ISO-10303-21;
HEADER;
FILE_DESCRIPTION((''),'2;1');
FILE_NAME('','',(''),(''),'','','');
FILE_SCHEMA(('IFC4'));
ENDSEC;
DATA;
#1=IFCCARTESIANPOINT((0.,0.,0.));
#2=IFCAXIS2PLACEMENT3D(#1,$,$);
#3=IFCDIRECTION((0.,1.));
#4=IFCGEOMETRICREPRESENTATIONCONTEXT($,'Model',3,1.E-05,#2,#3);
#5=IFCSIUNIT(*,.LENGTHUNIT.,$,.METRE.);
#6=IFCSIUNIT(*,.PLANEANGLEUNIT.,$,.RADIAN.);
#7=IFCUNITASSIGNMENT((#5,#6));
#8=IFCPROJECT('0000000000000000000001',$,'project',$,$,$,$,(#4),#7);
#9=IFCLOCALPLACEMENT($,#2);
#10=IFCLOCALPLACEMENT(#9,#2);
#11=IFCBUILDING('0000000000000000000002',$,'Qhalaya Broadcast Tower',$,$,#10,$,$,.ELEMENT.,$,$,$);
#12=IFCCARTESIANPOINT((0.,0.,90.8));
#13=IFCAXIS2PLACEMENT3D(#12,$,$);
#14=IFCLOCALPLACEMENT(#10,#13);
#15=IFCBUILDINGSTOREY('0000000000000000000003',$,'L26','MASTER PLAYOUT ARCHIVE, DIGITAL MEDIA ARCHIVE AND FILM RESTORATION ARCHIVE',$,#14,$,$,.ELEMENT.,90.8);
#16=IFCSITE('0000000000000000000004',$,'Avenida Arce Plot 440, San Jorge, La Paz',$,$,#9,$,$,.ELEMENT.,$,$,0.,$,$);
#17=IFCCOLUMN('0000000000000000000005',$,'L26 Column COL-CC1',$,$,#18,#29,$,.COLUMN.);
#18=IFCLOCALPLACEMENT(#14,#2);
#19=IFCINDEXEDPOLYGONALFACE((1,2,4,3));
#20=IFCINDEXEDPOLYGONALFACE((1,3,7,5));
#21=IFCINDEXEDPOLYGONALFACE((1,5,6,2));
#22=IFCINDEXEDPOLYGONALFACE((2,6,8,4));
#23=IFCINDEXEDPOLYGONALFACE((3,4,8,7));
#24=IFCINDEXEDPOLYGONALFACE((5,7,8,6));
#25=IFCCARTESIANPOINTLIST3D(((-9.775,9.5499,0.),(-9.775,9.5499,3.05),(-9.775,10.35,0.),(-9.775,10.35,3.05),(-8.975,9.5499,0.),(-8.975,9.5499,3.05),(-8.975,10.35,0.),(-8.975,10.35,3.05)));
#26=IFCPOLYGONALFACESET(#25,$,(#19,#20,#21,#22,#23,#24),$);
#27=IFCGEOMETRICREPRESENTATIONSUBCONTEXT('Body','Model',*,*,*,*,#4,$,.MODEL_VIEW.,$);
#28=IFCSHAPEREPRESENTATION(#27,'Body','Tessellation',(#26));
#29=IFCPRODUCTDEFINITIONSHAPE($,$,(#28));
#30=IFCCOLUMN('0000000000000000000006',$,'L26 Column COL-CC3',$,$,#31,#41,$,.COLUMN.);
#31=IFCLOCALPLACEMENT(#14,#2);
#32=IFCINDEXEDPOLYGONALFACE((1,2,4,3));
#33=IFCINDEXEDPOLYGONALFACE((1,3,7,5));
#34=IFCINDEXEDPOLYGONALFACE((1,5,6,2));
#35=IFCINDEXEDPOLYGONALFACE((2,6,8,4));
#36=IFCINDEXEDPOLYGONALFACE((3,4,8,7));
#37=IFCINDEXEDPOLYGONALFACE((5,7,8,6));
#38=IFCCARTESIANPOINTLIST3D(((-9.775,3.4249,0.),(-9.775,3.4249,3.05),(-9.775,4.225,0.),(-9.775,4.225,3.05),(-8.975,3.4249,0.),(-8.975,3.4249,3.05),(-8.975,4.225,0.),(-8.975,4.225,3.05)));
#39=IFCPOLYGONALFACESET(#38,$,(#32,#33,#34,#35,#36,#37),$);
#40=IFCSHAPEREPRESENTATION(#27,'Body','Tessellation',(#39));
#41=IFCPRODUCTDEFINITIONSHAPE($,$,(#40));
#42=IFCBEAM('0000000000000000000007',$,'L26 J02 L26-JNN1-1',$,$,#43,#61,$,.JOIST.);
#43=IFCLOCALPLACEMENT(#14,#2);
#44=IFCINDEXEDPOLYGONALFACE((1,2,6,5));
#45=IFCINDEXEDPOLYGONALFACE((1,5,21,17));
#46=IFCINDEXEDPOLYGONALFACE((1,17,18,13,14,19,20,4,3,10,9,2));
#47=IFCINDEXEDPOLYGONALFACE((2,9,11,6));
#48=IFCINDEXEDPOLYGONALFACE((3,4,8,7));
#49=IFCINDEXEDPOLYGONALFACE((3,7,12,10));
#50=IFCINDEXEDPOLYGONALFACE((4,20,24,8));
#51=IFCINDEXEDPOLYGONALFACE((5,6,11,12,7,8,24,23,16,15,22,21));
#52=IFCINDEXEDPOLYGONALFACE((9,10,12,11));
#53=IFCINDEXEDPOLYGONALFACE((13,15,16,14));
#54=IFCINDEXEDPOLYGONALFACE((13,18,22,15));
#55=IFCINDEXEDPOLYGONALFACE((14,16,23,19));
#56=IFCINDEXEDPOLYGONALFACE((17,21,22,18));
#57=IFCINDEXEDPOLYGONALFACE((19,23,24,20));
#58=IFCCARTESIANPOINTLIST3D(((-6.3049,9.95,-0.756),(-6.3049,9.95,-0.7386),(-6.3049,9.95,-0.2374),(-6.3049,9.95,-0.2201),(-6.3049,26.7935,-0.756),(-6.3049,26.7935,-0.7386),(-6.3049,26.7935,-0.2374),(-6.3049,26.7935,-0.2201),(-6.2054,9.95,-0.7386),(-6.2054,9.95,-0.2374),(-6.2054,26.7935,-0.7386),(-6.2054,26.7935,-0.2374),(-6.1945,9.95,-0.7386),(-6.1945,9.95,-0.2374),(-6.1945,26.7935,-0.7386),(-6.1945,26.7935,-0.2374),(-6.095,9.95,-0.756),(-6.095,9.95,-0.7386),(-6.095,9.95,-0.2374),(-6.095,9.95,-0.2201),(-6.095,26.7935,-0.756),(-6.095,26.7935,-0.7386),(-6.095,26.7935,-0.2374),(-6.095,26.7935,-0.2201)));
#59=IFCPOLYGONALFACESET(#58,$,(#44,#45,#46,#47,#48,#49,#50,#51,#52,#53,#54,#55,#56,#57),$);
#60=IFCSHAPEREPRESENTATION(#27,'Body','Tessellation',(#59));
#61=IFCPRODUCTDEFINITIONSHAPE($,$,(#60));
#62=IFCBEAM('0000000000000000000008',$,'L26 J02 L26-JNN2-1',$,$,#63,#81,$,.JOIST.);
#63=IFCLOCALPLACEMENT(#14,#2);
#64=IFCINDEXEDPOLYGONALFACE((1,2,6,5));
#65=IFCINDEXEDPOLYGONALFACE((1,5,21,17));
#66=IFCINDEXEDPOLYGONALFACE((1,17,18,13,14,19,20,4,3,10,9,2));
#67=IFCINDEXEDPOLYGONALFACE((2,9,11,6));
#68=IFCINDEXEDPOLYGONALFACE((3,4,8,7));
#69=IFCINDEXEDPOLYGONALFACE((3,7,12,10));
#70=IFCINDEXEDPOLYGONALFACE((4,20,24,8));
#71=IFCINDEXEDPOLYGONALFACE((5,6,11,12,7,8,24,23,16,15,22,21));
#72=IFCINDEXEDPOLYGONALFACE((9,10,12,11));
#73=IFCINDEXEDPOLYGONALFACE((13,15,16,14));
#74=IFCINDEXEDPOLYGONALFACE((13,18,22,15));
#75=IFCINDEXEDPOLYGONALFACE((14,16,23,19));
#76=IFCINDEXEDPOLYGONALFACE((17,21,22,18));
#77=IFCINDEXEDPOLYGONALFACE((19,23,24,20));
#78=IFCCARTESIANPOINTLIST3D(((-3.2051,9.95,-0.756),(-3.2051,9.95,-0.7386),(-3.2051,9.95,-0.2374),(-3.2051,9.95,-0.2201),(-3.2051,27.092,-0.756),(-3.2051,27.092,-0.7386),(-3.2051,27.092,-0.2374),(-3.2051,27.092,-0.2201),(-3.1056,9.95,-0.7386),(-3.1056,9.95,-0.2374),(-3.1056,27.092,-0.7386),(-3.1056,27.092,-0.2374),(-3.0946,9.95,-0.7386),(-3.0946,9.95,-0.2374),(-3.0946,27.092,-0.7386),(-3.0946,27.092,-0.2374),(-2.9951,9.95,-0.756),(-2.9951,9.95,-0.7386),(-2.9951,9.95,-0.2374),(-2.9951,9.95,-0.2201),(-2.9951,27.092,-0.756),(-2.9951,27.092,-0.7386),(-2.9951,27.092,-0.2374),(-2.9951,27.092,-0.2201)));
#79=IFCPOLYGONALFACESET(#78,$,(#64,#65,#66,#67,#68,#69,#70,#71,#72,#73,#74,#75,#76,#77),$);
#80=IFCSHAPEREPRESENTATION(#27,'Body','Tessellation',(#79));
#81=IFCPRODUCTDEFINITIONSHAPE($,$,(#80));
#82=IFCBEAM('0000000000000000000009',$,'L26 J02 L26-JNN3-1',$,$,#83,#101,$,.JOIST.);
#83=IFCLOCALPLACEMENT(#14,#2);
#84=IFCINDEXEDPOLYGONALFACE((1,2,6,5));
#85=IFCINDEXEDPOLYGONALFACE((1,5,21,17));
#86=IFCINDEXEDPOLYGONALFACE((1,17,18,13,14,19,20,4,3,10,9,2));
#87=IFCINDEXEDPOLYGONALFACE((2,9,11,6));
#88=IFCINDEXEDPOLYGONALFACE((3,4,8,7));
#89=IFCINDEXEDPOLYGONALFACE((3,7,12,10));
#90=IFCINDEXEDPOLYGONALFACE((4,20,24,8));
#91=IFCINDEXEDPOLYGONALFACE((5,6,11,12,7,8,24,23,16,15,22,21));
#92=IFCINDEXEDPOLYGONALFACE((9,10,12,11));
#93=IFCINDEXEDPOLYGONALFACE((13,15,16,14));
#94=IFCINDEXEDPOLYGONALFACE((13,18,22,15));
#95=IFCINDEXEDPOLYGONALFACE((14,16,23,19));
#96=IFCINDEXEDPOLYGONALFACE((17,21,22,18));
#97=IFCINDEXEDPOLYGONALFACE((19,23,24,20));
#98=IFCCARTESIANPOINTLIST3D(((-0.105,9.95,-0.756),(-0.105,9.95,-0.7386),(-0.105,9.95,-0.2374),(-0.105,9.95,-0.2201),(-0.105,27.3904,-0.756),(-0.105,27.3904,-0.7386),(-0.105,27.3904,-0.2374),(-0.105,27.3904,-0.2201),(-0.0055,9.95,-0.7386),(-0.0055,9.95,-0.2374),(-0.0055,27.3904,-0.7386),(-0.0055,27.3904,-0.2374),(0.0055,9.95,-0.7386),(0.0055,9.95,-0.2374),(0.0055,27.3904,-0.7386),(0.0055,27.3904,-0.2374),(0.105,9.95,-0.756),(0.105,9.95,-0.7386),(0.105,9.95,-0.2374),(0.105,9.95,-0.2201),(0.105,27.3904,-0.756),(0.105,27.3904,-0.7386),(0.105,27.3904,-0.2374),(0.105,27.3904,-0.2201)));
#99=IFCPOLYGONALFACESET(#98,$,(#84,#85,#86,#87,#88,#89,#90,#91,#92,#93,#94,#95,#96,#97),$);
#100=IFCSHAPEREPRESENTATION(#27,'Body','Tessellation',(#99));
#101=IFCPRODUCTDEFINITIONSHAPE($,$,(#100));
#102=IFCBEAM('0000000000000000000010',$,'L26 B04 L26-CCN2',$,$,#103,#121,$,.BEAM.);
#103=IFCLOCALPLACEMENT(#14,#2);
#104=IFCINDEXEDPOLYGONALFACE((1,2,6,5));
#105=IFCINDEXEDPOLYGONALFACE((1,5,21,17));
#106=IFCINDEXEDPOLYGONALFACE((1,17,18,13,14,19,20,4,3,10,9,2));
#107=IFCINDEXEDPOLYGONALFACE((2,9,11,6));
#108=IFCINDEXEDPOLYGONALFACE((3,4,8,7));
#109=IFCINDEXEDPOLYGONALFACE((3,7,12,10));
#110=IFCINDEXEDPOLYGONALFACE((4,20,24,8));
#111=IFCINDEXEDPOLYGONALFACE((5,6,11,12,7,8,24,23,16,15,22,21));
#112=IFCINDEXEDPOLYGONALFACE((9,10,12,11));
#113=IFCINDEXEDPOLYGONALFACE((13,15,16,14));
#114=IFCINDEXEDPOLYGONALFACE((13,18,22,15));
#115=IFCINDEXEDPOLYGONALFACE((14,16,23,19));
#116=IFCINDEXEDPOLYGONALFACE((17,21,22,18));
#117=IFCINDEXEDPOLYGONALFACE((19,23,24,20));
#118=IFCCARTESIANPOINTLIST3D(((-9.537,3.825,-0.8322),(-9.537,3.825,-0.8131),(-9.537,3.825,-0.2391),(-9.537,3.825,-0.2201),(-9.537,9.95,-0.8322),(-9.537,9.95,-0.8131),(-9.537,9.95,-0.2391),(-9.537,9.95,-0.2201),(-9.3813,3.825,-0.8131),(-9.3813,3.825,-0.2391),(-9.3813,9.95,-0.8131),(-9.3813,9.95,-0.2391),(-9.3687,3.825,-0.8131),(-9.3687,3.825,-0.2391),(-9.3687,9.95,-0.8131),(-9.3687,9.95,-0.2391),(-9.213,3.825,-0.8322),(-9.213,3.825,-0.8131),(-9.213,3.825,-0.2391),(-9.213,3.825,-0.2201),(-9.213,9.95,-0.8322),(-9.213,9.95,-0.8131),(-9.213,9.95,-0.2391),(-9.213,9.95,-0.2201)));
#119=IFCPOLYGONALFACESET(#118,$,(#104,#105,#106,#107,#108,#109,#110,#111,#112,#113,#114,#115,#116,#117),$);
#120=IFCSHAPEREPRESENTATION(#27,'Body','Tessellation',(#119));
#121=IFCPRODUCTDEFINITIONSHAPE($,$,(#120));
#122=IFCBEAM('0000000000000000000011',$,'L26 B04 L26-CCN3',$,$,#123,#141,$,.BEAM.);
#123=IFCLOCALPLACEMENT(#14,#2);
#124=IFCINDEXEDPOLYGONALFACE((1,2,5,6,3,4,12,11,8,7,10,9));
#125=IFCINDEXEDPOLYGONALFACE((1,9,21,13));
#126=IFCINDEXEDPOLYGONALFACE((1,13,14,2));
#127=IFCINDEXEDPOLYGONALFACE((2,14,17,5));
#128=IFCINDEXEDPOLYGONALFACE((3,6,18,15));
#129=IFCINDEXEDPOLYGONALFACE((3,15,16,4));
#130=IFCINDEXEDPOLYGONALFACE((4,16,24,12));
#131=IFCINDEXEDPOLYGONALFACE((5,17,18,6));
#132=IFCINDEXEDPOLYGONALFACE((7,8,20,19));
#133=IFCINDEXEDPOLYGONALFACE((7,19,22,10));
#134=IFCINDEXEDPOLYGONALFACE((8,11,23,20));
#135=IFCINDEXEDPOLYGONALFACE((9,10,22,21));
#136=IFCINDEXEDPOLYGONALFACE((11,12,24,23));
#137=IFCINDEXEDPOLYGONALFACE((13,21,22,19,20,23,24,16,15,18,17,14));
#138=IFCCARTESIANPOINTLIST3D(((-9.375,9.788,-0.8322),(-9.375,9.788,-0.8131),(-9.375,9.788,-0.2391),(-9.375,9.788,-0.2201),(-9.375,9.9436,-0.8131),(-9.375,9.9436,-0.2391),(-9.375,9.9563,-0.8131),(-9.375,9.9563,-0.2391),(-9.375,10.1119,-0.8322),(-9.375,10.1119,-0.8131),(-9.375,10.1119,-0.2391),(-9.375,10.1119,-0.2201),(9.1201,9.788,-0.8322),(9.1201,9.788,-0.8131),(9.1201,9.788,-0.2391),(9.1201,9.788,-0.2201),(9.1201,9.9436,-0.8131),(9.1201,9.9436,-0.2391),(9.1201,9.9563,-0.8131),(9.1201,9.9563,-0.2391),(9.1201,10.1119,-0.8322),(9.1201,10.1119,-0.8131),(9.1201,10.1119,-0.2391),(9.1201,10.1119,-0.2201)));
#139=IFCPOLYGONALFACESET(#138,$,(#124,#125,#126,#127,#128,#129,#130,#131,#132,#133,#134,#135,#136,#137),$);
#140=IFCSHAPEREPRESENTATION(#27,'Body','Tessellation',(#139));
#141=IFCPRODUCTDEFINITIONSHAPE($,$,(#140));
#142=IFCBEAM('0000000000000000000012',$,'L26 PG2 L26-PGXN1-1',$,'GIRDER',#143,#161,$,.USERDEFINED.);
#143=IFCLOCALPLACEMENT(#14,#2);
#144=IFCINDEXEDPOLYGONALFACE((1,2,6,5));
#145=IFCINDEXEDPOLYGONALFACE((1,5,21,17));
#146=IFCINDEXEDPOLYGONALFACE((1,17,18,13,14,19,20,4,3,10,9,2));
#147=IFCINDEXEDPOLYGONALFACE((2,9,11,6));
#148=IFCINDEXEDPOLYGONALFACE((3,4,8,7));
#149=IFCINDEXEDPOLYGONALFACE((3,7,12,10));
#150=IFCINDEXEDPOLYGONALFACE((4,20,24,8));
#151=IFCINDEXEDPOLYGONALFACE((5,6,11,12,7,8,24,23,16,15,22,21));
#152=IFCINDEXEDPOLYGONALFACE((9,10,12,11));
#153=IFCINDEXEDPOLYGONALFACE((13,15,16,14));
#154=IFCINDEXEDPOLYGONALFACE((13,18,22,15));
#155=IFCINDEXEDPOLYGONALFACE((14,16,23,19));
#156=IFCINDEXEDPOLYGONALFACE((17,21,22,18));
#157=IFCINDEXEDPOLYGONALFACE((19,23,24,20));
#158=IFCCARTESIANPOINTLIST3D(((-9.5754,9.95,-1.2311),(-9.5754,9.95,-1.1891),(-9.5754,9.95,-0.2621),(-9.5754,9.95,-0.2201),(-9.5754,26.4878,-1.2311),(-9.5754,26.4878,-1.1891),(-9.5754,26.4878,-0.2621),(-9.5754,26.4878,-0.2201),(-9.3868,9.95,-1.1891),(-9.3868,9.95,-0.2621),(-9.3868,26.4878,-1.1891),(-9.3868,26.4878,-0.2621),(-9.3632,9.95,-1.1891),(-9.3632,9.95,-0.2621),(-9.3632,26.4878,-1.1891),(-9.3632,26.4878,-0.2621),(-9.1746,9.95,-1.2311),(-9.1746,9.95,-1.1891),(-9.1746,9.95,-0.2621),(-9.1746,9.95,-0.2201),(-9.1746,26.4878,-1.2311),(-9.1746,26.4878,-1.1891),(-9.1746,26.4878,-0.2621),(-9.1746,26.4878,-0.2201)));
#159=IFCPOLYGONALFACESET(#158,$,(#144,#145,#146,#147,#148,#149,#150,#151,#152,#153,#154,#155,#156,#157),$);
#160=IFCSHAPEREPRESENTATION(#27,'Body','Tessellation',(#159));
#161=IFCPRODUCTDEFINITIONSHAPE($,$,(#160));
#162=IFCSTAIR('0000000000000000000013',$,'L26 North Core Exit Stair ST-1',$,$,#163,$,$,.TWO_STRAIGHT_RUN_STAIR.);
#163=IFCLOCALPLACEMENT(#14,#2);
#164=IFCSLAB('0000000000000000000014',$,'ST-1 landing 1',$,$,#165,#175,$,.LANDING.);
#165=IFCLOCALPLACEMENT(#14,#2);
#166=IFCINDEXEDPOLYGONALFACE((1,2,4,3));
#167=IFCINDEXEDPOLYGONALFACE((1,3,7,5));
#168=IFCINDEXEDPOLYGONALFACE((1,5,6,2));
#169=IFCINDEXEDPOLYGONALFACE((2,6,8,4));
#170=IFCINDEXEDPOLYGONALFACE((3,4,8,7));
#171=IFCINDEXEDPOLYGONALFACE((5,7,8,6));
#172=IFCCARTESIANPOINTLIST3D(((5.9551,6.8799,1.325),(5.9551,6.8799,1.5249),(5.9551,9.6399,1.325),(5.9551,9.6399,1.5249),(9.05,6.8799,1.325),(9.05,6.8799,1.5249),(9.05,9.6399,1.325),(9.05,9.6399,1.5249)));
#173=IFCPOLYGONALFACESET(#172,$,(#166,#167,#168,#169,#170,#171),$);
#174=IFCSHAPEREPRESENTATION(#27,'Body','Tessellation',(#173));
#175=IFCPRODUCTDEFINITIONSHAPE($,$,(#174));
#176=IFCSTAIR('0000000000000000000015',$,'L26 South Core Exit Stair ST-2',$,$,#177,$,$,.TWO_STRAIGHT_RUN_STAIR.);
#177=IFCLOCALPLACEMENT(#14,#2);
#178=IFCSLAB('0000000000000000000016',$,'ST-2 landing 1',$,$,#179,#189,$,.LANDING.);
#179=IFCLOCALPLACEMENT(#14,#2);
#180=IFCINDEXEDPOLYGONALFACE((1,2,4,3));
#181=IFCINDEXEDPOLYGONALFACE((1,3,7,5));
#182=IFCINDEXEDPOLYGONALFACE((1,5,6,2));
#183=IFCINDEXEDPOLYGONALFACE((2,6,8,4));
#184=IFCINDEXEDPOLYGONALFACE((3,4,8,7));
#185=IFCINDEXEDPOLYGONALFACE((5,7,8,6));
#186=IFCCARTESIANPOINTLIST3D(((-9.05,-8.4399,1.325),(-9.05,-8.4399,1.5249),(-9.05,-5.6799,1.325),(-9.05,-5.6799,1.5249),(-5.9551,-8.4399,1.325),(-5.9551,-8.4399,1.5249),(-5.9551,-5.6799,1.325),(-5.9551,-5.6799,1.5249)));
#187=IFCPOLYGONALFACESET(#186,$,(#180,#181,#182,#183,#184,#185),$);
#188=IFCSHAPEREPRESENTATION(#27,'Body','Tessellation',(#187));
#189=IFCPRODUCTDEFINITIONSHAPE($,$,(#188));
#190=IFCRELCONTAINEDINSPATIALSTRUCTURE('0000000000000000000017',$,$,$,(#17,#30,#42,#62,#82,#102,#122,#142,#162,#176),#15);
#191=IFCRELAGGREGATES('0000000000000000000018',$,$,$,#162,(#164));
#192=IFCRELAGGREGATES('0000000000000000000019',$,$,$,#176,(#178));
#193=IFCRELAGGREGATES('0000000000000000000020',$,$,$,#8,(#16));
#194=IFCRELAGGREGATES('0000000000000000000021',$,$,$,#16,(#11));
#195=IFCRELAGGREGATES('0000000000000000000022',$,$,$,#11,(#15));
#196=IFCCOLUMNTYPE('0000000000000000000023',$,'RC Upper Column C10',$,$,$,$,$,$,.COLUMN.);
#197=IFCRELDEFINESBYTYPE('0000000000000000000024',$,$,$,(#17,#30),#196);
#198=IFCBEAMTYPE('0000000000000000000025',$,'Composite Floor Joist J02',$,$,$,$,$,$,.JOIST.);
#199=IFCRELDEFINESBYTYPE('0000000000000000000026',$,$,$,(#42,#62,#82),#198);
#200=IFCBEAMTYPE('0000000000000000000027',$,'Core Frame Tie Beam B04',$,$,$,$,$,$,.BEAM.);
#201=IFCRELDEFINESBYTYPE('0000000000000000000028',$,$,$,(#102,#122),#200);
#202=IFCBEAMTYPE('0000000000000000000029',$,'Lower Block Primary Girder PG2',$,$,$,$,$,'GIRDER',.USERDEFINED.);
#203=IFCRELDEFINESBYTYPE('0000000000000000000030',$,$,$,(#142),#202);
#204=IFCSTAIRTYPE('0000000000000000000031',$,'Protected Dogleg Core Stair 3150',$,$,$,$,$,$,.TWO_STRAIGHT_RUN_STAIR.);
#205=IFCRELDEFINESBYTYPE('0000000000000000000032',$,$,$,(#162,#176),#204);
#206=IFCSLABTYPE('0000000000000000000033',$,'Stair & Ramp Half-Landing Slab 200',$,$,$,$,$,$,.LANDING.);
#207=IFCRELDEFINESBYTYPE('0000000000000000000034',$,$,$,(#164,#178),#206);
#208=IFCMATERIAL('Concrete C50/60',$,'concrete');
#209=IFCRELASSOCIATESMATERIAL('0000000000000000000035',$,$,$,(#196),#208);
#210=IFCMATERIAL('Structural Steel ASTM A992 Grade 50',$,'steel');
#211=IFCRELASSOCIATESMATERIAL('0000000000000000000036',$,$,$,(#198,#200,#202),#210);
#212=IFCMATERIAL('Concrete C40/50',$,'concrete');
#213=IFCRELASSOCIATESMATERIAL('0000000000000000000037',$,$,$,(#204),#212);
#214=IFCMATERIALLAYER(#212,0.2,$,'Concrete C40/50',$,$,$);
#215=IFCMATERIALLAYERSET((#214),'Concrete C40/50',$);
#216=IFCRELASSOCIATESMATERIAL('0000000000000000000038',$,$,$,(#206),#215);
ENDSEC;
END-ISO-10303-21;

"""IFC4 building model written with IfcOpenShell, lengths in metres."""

from ifc_helpers import new_model, si_unit, direction, frame, origin, origin_2d, place, context, subcontext, project, spatial, polyline, rectangle, i_section, outline, extrude, material, layer, layer_set, material_profile, profile_set, type_object, element, aggregate, save


model = new_model("IFC4")

# Units and contexts
model_context = context("Model", 3, precision=1e-05, world=origin(), true_north=direction((0.0, 1.0)))
body_context = subcontext(model_context, "Body", "Model", "MODEL_VIEW")
ifc_project = project(units=[si_unit("LENGTHUNIT", "METRE"), si_unit("PLANEANGLEUNIT", "RADIAN")], contexts=[model_context])

# Site, building, storey
site_placement = place(None, origin())
site = spatial("IfcSite", under=ifc_project, at=site_placement, Name="Avenida Arce Plot 440, San Jorge, La Paz", CompositionType="ELEMENT", RefElevation=0.0)
building_placement = place(site_placement, origin())
building = spatial("IfcBuilding", under=site, at=building_placement, Name="Qhalaya Broadcast Tower", CompositionType="ELEMENT")
storey_placement = place(building_placement, frame((0.0, 0.0, 90.8)))
storey = spatial("IfcBuildingStorey", under=building, at=storey_placement, Name="L26", Description="MASTER PLAYOUT ARCHIVE, DIGITAL MEDIA ARCHIVE AND FILM RESTORATION ARCHIVE", CompositionType="ELEMENT", Elevation=90.8)

# Columns
ifc_material_1 = material(Name="Concrete C50/60", Category="concrete")
ifc_material_profile_1 = material_profile(ifc_material_1, rectangle(XDim=0.8, YDim=0.8, at=origin_2d()), Name="RC-COL 800x800")
ifc_profile_set_1 = profile_set([ifc_material_profile_1], Name="Concrete C50/60")
column_type = type_object("IfcColumnType", Name="RC Upper Column C10", PredefinedType="COLUMN", material=ifc_profile_set_1)
for number, where, z_axis, x_axis, name in (
    (1, (-9.375, 9.95, 0.0), (0.0, 0.0, 1.0), (1.0, 0.0, 0.0), "L26 Column COL-CC1"),
    (2, (-9.375, 3.825, 0.0), (0.0, 0.0, 1.0), (1.0, 0.0, 0.0), "L26 Column COL-CC3"),
):
    element("IfcColumn", number, at=place(storey_placement, frame(where, z_axis=z_axis, x_axis=x_axis)), inside=storey, type_object=column_type, Name=name, PredefinedType="COLUMN", context=body_context, shape_type="SweptSolid", body=[
        extrude(rectangle(XDim=0.8, YDim=0.8, at=origin_2d()), origin(), (0.0, 0.0, 1.0), 3.05),
    ])

# Beams
ifc_material_2 = material(Name="Structural Steel ASTM A992 Grade 50", Category="steel")
ifc_material_profile_2 = material_profile(ifc_material_2, i_section(OverallWidth=0.21, OverallDepth=0.5359, WebThickness=0.011, FlangeThickness=0.0173, at=origin_2d()), Name="W21X68")
ifc_profile_set_2 = profile_set([ifc_material_profile_2], Name="Structural Steel ASTM A992 Grade 50")
beam_type_1 = type_object("IfcBeamType", Name="Composite Floor Joist J02", PredefinedType="JOIST", material=ifc_profile_set_2)
beam_1_placement = place(storey_placement, frame((-6.2, 9.95, -0.488), z_axis=(0.0, 1.0, 0.0), x_axis=(-1.0, 0.0, 0.0)))
element("IfcBeam", 3, at=beam_1_placement, inside=storey, type_object=beam_type_1, Name="L26 J02 L26-JNN1-1", PredefinedType="JOIST", context=body_context, shape_type="SweptSolid", body=[
    extrude(i_section(OverallWidth=0.21, OverallDepth=0.5359, WebThickness=0.011, FlangeThickness=0.0173, at=origin_2d()), origin(), (0.0, 0.0, 1.0), 16.8435),
])
beam_2_placement = place(storey_placement, frame((-3.1001, 9.95, -0.488), z_axis=(0.0, 1.0, 0.0), x_axis=(-1.0, 0.0, 0.0)))
element("IfcBeam", 4, at=beam_2_placement, inside=storey, type_object=beam_type_1, Name="L26 J02 L26-JNN2-1", PredefinedType="JOIST", context=body_context, shape_type="SweptSolid", body=[
    extrude(i_section(OverallWidth=0.21, OverallDepth=0.5359, WebThickness=0.011, FlangeThickness=0.0173, at=origin_2d()), origin(), (0.0, 0.0, 1.0), 17.1421),
])
beam_3_placement = place(storey_placement, frame((0.0, 9.95, -0.488), z_axis=(0.0, 1.0, 0.0), x_axis=(-1.0, 0.0, 0.0)))
element("IfcBeam", 5, at=beam_3_placement, inside=storey, type_object=beam_type_1, Name="L26 J02 L26-JNN3-1", PredefinedType="JOIST", context=body_context, shape_type="SweptSolid", body=[
    extrude(i_section(OverallWidth=0.21, OverallDepth=0.5359, WebThickness=0.011, FlangeThickness=0.0173, at=origin_2d()), origin(), (0.0, 0.0, 1.0), 17.4404),
])
ifc_material_profile_3 = material_profile(ifc_material_2, i_section(OverallWidth=0.324, OverallDepth=0.6121, WebThickness=0.0127, FlangeThickness=0.019, at=origin_2d()), Name="W24X104")
ifc_profile_set_3 = profile_set([ifc_material_profile_3], Name="Structural Steel ASTM A992 Grade 50")
beam_type_2 = type_object("IfcBeamType", Name="Core Frame Tie Beam B04", PredefinedType="BEAM", material=ifc_profile_set_3)
beam_4_placement = place(storey_placement, frame((-9.375, 3.825, -0.5261), z_axis=(0.0, 1.0, 0.0), x_axis=(-1.0, 0.0, 0.0)))
element("IfcBeam", 6, at=beam_4_placement, inside=storey, type_object=beam_type_2, Name="L26 B04 L26-CCN2", PredefinedType="BEAM", context=body_context, shape_type="SweptSolid", body=[
    extrude(i_section(OverallWidth=0.324, OverallDepth=0.6121, WebThickness=0.0127, FlangeThickness=0.019, at=origin_2d()), origin(), (0.0, 0.0, 1.0), 6.125),
])
beam_5_placement = place(storey_placement, frame((-9.375, 9.95, -0.5261), z_axis=(1.0, 0.0, 0.0), x_axis=(0.0, 1.0, 0.0)))
element("IfcBeam", 7, at=beam_5_placement, inside=storey, type_object=beam_type_2, Name="L26 B04 L26-CCN3", PredefinedType="BEAM", context=body_context, shape_type="SweptSolid", body=[
    extrude(i_section(OverallWidth=0.324, OverallDepth=0.6121, WebThickness=0.0127, FlangeThickness=0.019, at=origin_2d()), origin(), (0.0, 0.0, 1.0), 18.4951),
])
ifc_material_profile_4 = material_profile(ifc_material_2, i_section(OverallWidth=0.4009, OverallDepth=1.011, WebThickness=0.0237, FlangeThickness=0.042, at=origin_2d()), Name="W40X297")
ifc_profile_set_4 = profile_set([ifc_material_profile_4], Name="Structural Steel ASTM A992 Grade 50")
beam_type_3 = type_object("IfcBeamType", Name="Lower Block Primary Girder PG2", ElementType="GIRDER", PredefinedType="USERDEFINED", material=ifc_profile_set_4)
beam_6_placement = place(storey_placement, frame((-9.375, 9.95, -0.7256), z_axis=(0.0, 1.0, 0.0), x_axis=(-1.0, 0.0, 0.0)))
element("IfcBeam", 8, at=beam_6_placement, inside=storey, type_object=beam_type_3, Name="L26 PG2 L26-PGXN1-1", ObjectType="GIRDER", PredefinedType="USERDEFINED", context=body_context, shape_type="SweptSolid", body=[
    extrude(i_section(OverallWidth=0.4009, OverallDepth=1.011, WebThickness=0.0237, FlangeThickness=0.042, at=origin_2d()), origin(), (0.0, 0.0, 1.0), 16.5378),
])

# Stairs, slabs
ifc_material_3 = material(Name="Concrete C40/50", Category="concrete")
stair_type = type_object("IfcStairType", Name="Protected Dogleg Core Stair 3150", PredefinedType="TWO_STRAIGHT_RUN_STAIR", material=ifc_material_3)
stair_1_placement = place(storey_placement, origin())
stair_1 = element("IfcStair", 9, at=stair_1_placement, inside=storey, type_object=stair_type, Name="L26 North Core Exit Stair ST-1", PredefinedType="TWO_STRAIGHT_RUN_STAIR")
ifc_layer_1 = layer(ifc_material_3, 0.2, Name="Concrete C40/50")
ifc_layer_set_1 = layer_set([ifc_layer_1], Name="Concrete C40/50")
slab_type = type_object("IfcSlabType", Name="Stair & Ramp Half-Landing Slab 200", PredefinedType="LANDING", material=ifc_layer_set_1)
slab_1_placement = place(storey_placement, frame((0.0, 0.0, 1.325)))
slab_1 = element("IfcSlab", 10, at=slab_1_placement, type_object=slab_type, Name="ST-1 landing 1", PredefinedType="LANDING", context=body_context, shape_type="SweptSolid", body=[
    extrude(outline(polyline([(5.9551, 6.8799), (9.05, 6.8799), (9.05, 9.6399), (5.9551, 9.6399), (5.9551, 6.8799)])), origin(), (0.0, 0.0, 1.0), 0.2),
])
aggregate(stair_1, [slab_1])
stair_2_placement = place(storey_placement, origin())
stair_2 = element("IfcStair", 11, at=stair_2_placement, inside=storey, type_object=stair_type, Name="L26 South Core Exit Stair ST-2", PredefinedType="TWO_STRAIGHT_RUN_STAIR")
slab_2_placement = place(storey_placement, frame((0.0, 0.0, 1.325)))
slab_2 = element("IfcSlab", 12, at=slab_2_placement, type_object=slab_type, Name="ST-2 landing 1", PredefinedType="LANDING", context=body_context, shape_type="SweptSolid", body=[
    extrude(outline(polyline([(-5.9551, -5.6799), (-9.05, -5.6799), (-9.05, -8.4399), (-5.9551, -8.4399), (-5.9551, -5.6799)])), origin(), (0.0, 0.0, 1.0), 0.2),
])
aggregate(stair_2, [slab_2])

save(model, "model.ifc")
